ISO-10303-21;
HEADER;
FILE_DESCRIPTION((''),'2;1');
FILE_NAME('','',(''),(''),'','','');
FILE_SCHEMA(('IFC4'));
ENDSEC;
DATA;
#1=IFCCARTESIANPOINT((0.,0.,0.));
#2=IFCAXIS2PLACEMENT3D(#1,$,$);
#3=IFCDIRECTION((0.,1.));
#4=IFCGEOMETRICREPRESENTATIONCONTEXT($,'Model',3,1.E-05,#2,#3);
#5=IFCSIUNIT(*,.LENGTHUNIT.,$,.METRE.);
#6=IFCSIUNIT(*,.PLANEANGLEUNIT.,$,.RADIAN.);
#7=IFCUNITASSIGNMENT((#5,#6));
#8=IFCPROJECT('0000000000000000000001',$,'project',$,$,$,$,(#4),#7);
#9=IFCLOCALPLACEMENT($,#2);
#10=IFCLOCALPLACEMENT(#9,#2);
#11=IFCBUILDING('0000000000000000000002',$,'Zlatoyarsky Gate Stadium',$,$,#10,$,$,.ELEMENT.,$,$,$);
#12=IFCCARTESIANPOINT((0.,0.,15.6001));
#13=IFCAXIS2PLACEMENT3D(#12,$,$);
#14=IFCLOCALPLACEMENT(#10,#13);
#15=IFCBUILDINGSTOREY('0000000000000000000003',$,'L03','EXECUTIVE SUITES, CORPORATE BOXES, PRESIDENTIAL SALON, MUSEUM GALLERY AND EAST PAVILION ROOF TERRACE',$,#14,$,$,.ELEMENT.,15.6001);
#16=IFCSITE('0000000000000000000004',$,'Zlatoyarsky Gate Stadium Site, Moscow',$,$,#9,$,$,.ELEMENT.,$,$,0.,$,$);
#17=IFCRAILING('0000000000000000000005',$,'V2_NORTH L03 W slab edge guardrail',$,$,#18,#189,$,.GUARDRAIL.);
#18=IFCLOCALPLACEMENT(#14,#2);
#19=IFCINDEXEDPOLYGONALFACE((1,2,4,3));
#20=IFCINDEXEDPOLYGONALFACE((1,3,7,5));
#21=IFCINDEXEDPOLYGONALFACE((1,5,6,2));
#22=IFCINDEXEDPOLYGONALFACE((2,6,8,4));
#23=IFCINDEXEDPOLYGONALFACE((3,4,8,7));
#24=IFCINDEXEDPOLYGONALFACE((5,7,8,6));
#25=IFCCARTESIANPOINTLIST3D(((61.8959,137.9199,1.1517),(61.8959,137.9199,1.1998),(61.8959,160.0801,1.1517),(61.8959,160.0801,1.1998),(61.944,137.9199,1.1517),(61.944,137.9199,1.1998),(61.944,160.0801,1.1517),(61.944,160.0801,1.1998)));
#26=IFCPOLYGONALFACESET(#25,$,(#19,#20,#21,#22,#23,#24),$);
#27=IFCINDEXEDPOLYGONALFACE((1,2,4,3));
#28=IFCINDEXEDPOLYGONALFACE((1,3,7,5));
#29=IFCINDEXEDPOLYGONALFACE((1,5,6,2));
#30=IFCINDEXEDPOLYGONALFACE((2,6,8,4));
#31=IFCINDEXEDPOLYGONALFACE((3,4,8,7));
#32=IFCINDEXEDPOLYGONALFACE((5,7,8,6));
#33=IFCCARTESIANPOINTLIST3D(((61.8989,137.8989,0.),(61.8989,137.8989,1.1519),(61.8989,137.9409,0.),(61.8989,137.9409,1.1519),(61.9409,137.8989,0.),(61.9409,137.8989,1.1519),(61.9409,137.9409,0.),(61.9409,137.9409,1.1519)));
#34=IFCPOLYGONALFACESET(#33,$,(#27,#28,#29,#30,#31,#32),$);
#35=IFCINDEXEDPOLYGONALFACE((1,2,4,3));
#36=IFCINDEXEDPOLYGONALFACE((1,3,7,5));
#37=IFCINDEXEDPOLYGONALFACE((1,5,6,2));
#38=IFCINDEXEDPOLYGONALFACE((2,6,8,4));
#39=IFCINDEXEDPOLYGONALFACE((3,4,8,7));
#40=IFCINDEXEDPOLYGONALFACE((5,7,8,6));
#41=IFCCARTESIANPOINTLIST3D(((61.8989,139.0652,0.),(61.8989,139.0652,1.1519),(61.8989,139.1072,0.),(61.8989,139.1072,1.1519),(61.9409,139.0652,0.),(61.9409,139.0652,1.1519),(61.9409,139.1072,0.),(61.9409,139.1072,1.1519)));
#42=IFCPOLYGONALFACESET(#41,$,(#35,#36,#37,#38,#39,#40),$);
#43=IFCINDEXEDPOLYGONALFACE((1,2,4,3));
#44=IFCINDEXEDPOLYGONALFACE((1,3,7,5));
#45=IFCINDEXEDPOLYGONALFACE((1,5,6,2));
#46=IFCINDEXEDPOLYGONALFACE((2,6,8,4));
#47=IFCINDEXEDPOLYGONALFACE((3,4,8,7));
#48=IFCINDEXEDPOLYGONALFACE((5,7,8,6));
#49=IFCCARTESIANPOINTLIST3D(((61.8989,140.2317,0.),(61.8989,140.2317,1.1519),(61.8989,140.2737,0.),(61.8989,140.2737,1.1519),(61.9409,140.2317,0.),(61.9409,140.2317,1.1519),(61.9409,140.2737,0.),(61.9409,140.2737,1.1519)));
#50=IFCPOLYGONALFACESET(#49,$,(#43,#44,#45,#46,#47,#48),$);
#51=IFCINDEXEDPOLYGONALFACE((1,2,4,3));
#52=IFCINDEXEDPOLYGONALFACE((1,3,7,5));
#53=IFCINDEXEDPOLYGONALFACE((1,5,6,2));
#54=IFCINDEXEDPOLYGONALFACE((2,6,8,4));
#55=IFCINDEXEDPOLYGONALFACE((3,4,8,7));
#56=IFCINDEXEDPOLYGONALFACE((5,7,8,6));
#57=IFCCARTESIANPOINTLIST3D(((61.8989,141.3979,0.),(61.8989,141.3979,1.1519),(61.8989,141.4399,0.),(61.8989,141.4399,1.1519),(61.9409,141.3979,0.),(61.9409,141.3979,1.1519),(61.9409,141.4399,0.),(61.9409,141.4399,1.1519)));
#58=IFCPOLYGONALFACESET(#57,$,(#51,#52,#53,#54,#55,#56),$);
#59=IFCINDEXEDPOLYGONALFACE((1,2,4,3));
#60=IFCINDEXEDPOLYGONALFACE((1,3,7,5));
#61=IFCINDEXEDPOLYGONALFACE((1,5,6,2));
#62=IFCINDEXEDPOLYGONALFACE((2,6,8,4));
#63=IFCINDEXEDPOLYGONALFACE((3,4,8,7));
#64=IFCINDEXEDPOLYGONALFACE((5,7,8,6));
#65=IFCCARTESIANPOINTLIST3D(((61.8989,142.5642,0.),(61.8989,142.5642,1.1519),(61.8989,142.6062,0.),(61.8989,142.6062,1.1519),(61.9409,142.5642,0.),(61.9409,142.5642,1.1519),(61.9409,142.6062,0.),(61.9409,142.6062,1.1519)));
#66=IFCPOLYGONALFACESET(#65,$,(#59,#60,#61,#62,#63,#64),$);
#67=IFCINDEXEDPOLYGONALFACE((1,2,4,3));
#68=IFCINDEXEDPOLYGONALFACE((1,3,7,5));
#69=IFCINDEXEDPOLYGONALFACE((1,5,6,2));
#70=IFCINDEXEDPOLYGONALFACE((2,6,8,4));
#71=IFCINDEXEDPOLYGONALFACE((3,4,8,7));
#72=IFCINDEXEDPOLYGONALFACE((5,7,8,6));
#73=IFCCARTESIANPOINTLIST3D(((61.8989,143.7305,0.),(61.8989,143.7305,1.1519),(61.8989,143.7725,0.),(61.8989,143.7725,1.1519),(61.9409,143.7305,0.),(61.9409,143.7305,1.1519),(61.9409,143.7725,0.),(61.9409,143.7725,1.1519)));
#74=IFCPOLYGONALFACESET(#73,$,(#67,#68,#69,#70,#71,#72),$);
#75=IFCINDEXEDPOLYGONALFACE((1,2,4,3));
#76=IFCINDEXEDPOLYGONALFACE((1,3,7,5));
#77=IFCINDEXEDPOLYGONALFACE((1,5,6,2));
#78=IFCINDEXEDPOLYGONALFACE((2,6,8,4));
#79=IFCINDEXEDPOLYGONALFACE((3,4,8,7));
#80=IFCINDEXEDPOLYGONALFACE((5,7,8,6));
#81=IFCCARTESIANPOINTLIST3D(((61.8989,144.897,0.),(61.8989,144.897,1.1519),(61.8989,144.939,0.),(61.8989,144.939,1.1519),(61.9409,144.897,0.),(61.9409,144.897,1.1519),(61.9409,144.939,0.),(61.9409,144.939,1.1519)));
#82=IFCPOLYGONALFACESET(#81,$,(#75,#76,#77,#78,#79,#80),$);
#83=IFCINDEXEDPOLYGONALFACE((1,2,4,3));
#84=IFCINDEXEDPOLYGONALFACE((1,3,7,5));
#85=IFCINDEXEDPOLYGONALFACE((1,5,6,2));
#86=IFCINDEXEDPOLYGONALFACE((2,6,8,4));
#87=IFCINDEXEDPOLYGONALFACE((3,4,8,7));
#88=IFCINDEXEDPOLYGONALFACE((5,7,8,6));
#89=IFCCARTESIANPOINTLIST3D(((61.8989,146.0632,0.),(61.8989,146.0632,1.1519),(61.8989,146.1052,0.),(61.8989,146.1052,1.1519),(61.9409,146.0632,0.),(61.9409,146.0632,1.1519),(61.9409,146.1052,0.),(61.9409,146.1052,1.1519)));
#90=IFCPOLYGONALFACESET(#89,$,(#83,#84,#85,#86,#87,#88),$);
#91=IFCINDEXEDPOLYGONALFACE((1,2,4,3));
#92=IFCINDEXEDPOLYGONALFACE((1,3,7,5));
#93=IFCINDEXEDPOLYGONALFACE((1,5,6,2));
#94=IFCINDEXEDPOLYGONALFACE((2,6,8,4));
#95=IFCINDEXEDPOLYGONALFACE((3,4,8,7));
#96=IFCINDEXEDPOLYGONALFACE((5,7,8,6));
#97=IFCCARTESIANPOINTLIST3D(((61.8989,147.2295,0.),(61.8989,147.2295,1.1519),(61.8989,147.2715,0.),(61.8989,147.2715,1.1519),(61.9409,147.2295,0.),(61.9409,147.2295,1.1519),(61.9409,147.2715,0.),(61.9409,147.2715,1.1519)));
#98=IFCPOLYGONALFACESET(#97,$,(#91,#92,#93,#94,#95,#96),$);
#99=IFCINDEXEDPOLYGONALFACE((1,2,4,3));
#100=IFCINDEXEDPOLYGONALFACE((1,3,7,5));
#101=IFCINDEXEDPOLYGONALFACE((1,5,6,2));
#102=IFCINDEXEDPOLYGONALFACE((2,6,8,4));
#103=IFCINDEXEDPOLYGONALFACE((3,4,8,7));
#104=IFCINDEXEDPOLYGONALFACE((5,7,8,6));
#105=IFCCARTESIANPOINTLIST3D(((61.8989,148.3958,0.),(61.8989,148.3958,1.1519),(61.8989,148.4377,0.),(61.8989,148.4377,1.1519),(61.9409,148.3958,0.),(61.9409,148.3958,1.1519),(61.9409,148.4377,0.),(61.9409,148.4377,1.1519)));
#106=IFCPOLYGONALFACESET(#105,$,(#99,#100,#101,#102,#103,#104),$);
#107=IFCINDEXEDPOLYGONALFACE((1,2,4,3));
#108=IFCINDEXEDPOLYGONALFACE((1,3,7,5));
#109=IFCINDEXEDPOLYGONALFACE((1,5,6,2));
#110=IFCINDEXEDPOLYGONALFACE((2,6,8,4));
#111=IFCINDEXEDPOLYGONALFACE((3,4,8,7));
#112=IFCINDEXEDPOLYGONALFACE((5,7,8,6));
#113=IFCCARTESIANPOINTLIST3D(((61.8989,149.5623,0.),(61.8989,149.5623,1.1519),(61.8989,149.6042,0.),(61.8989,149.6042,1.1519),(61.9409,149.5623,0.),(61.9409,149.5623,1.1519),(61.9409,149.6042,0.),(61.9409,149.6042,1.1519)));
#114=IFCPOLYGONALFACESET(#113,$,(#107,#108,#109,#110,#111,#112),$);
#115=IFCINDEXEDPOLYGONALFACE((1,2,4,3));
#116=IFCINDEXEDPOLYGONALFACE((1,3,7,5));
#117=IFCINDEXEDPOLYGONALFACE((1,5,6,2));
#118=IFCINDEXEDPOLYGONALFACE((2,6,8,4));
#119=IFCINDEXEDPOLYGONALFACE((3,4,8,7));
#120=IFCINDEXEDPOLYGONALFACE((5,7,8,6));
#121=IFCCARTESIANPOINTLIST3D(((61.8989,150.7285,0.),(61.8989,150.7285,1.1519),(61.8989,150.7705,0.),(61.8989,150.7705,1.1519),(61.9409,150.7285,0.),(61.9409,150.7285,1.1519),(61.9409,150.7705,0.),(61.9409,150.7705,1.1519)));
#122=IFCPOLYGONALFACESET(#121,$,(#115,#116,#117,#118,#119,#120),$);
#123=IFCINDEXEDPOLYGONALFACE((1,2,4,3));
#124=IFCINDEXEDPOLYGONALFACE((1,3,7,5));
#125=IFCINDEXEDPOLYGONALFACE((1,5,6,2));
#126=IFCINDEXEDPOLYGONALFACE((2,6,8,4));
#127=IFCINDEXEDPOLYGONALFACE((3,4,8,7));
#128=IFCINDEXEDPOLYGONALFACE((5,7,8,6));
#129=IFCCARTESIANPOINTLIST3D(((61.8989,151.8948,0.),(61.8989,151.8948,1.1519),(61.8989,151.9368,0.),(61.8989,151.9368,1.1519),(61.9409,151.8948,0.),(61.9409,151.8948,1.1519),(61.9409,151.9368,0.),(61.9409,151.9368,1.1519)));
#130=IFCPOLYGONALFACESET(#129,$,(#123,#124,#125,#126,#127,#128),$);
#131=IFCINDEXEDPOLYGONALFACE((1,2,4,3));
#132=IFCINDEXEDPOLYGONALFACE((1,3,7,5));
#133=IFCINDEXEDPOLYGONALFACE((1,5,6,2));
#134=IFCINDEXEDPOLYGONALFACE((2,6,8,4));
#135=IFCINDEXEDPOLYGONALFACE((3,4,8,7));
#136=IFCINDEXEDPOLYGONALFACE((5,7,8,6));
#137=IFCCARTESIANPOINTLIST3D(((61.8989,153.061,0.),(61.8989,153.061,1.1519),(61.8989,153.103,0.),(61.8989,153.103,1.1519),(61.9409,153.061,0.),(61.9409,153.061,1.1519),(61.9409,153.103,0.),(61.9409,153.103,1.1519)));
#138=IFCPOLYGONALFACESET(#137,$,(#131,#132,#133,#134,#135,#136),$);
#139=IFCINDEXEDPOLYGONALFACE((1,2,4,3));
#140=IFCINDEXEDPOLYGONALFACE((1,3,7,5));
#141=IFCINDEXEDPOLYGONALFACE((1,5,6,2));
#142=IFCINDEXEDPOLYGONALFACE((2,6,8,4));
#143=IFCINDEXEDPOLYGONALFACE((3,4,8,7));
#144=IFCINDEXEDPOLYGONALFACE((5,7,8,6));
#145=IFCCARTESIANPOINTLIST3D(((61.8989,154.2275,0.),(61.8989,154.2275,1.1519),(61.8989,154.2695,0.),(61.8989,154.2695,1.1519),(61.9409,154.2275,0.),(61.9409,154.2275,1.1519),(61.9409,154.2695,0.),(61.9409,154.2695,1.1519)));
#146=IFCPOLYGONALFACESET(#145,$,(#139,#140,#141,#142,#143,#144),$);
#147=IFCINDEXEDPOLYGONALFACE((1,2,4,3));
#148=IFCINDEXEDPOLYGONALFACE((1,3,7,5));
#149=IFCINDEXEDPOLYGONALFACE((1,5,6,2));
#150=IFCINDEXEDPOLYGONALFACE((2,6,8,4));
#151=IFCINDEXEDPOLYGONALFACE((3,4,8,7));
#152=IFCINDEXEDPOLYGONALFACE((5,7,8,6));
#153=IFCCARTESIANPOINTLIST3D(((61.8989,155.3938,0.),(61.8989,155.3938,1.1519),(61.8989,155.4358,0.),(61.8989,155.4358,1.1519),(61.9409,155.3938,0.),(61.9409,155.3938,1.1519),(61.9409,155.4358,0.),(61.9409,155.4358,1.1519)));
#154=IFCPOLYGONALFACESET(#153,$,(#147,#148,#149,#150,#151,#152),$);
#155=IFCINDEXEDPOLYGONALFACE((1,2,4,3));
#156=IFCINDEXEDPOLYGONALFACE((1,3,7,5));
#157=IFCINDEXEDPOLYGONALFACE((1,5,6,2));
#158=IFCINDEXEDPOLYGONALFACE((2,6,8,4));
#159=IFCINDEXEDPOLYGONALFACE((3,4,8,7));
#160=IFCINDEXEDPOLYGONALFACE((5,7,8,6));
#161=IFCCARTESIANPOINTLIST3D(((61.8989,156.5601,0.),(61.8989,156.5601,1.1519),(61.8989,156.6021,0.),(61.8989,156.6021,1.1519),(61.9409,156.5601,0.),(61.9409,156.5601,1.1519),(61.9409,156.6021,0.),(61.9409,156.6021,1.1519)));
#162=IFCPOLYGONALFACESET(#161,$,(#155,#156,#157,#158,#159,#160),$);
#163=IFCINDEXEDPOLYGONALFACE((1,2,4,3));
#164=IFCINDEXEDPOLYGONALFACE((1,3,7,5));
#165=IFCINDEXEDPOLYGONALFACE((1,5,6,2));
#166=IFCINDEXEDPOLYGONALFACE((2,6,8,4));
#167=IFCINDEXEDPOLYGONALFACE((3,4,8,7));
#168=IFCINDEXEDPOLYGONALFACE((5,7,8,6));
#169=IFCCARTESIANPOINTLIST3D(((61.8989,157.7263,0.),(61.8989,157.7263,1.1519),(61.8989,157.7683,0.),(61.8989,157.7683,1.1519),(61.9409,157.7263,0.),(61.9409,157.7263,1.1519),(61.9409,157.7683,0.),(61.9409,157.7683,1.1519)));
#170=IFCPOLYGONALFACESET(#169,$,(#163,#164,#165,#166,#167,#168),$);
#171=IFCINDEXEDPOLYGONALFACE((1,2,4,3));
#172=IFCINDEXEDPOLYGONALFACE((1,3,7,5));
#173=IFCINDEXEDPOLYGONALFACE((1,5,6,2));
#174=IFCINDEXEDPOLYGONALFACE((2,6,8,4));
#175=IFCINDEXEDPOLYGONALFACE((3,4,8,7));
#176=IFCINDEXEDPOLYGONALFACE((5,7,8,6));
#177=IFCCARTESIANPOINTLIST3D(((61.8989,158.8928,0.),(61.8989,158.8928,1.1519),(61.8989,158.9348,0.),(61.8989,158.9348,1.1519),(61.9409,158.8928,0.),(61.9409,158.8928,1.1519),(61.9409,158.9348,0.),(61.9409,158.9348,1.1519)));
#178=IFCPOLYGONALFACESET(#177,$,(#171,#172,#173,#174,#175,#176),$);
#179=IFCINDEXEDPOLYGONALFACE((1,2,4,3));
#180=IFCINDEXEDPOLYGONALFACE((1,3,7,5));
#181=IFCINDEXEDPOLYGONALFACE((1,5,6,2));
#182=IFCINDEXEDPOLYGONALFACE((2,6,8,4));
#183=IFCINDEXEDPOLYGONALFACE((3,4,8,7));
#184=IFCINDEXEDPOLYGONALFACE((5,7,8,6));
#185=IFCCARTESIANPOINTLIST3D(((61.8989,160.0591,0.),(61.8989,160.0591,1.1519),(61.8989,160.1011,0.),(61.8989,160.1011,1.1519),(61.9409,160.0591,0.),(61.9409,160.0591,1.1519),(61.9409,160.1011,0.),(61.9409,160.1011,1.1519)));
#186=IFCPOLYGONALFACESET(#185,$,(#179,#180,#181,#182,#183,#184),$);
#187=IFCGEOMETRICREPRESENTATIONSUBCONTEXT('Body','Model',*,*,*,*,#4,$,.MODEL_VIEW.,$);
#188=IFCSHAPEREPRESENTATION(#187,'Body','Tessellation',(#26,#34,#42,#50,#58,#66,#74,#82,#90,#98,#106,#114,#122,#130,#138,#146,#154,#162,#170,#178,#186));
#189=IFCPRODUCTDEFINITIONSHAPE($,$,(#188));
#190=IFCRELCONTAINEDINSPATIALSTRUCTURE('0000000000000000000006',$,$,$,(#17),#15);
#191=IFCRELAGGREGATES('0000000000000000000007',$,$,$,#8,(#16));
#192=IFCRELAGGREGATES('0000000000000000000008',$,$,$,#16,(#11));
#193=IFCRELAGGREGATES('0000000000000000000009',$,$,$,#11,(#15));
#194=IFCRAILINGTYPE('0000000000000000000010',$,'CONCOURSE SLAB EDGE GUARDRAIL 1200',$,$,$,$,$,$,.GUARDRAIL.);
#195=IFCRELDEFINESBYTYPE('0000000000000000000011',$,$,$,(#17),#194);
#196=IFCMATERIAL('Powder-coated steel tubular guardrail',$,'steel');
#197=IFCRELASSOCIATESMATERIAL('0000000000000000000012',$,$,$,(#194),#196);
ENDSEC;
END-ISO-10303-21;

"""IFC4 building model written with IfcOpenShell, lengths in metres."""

from ifc_helpers import new_model, si_unit, direction, frame, origin, origin_2d, place, context, subcontext, project, spatial, rectangle, extrude, material, type_object, element, save


model = new_model("IFC4")

# Units and contexts
model_context = context("Model", 3, precision=1e-05, world=origin(), true_north=direction((0.0, 1.0)))
body_context = subcontext(model_context, "Body", "Model", "MODEL_VIEW")
ifc_project = project(units=[si_unit("LENGTHUNIT", "METRE"), si_unit("PLANEANGLEUNIT", "RADIAN")], contexts=[model_context])

# Site, building, storey
site_placement = place(None, origin())
site = spatial("IfcSite", under=ifc_project, at=site_placement, Name="Zlatoyarsky Gate Stadium Site, Moscow", CompositionType="ELEMENT", RefElevation=0.0)
building_placement = place(site_placement, origin())
building = spatial("IfcBuilding", under=site, at=building_placement, Name="Zlatoyarsky Gate Stadium", CompositionType="ELEMENT")
storey_placement = place(building_placement, frame((0.0, 0.0, 15.6001)))
storey = spatial("IfcBuildingStorey", under=building, at=storey_placement, Name="L03", Description="EXECUTIVE SUITES, CORPORATE BOXES, PRESIDENTIAL SALON, MUSEUM GALLERY AND EAST PAVILION ROOF TERRACE", CompositionType="ELEMENT", Elevation=15.6001)

# Railing
ifc_material_1 = material(Name="Powder-coated steel tubular guardrail", Category="steel")
railing_type = type_object("IfcRailingType", Name="CONCOURSE SLAB EDGE GUARDRAIL 1200", PredefinedType="GUARDRAIL", material=ifc_material_1)
railing_1_placement = place(storey_placement, frame((61.9199, 137.9199, 0.0)))
element("IfcRailing", 1, at=railing_1_placement, inside=storey, type_object=railing_type, Name="V2_NORTH L03 W slab edge guardrail", PredefinedType="GUARDRAIL", context=body_context, shape_type="SweptSolid", body=[
    extrude(rectangle(XDim=0.0481, YDim=0.0481, at=origin_2d()), frame((0.0, 0.0, 1.1758), z_axis=(0.0, 1.0, 0.0), x_axis=(-1.0, 0.0, 0.0)), (0.0, 0.0, 1.0), 22.1602),
    extrude(rectangle(XDim=0.042, YDim=0.042, at=origin_2d()), origin(), (0.0, 0.0, 1.0), 1.1519),
    extrude(rectangle(XDim=0.042, YDim=0.042, at=origin_2d()), frame((0.0, 1.1663, 0.0)), (0.0, 0.0, 1.0), 1.1519),
    extrude(rectangle(XDim=0.042, YDim=0.042, at=origin_2d()), frame((0.0, 2.3328, 0.0)), (0.0, 0.0, 1.0), 1.1519),
    extrude(rectangle(XDim=0.042, YDim=0.042, at=origin_2d()), frame((0.0, 3.499, 0.0)), (0.0, 0.0, 1.0), 1.1519),
    extrude(rectangle(XDim=0.042, YDim=0.042, at=origin_2d()), frame((0.0, 4.6653, 0.0)), (0.0, 0.0, 1.0), 1.1519),
    extrude(rectangle(XDim=0.042, YDim=0.042, at=origin_2d()), frame((0.0, 5.8315, 0.0)), (0.0, 0.0, 1.0), 1.1519),
    extrude(rectangle(XDim=0.042, YDim=0.042, at=origin_2d()), frame((0.0, 6.998, 0.0)), (0.0, 0.0, 1.0), 1.1519),
    extrude(rectangle(XDim=0.042, YDim=0.042, at=origin_2d()), frame((0.0, 8.1643, 0.0)), (0.0, 0.0, 1.0), 1.1519),
    extrude(rectangle(XDim=0.042, YDim=0.042, at=origin_2d()), frame((0.0, 9.3306, 0.0)), (0.0, 0.0, 1.0), 1.1519),
    extrude(rectangle(XDim=0.042, YDim=0.042, at=origin_2d()), frame((0.0, 10.4968, 0.0)), (0.0, 0.0, 1.0), 1.1519),
    extrude(rectangle(XDim=0.042, YDim=0.042, at=origin_2d()), frame((0.0, 11.6633, 0.0)), (0.0, 0.0, 1.0), 1.1519),
    extrude(rectangle(XDim=0.042, YDim=0.042, at=origin_2d()), frame((0.0, 12.8296, 0.0)), (0.0, 0.0, 1.0), 1.1519),
    extrude(rectangle(XDim=0.042, YDim=0.042, at=origin_2d()), frame((0.0, 13.9958, 0.0)), (0.0, 0.0, 1.0), 1.1519),
    extrude(rectangle(XDim=0.042, YDim=0.042, at=origin_2d()), frame((0.0, 15.1621, 0.0)), (0.0, 0.0, 1.0), 1.1519),
    extrude(rectangle(XDim=0.042, YDim=0.042, at=origin_2d()), frame((0.0, 16.3286, 0.0)), (0.0, 0.0, 1.0), 1.1519),
    extrude(rectangle(XDim=0.042, YDim=0.042, at=origin_2d()), frame((0.0, 17.4949, 0.0)), (0.0, 0.0, 1.0), 1.1519),
    extrude(rectangle(XDim=0.042, YDim=0.042, at=origin_2d()), frame((0.0, 18.6611, 0.0)), (0.0, 0.0, 1.0), 1.1519),
    extrude(rectangle(XDim=0.042, YDim=0.042, at=origin_2d()), frame((0.0, 19.8274, 0.0)), (0.0, 0.0, 1.0), 1.1519),
    extrude(rectangle(XDim=0.042, YDim=0.042, at=origin_2d()), frame((0.0, 20.9939, 0.0)), (0.0, 0.0, 1.0), 1.1519),
    extrude(rectangle(XDim=0.042, YDim=0.042, at=origin_2d()), frame((0.0, 22.1602, 0.0)), (0.0, 0.0, 1.0), 1.1519),
])

save(model, "model.ifc")
